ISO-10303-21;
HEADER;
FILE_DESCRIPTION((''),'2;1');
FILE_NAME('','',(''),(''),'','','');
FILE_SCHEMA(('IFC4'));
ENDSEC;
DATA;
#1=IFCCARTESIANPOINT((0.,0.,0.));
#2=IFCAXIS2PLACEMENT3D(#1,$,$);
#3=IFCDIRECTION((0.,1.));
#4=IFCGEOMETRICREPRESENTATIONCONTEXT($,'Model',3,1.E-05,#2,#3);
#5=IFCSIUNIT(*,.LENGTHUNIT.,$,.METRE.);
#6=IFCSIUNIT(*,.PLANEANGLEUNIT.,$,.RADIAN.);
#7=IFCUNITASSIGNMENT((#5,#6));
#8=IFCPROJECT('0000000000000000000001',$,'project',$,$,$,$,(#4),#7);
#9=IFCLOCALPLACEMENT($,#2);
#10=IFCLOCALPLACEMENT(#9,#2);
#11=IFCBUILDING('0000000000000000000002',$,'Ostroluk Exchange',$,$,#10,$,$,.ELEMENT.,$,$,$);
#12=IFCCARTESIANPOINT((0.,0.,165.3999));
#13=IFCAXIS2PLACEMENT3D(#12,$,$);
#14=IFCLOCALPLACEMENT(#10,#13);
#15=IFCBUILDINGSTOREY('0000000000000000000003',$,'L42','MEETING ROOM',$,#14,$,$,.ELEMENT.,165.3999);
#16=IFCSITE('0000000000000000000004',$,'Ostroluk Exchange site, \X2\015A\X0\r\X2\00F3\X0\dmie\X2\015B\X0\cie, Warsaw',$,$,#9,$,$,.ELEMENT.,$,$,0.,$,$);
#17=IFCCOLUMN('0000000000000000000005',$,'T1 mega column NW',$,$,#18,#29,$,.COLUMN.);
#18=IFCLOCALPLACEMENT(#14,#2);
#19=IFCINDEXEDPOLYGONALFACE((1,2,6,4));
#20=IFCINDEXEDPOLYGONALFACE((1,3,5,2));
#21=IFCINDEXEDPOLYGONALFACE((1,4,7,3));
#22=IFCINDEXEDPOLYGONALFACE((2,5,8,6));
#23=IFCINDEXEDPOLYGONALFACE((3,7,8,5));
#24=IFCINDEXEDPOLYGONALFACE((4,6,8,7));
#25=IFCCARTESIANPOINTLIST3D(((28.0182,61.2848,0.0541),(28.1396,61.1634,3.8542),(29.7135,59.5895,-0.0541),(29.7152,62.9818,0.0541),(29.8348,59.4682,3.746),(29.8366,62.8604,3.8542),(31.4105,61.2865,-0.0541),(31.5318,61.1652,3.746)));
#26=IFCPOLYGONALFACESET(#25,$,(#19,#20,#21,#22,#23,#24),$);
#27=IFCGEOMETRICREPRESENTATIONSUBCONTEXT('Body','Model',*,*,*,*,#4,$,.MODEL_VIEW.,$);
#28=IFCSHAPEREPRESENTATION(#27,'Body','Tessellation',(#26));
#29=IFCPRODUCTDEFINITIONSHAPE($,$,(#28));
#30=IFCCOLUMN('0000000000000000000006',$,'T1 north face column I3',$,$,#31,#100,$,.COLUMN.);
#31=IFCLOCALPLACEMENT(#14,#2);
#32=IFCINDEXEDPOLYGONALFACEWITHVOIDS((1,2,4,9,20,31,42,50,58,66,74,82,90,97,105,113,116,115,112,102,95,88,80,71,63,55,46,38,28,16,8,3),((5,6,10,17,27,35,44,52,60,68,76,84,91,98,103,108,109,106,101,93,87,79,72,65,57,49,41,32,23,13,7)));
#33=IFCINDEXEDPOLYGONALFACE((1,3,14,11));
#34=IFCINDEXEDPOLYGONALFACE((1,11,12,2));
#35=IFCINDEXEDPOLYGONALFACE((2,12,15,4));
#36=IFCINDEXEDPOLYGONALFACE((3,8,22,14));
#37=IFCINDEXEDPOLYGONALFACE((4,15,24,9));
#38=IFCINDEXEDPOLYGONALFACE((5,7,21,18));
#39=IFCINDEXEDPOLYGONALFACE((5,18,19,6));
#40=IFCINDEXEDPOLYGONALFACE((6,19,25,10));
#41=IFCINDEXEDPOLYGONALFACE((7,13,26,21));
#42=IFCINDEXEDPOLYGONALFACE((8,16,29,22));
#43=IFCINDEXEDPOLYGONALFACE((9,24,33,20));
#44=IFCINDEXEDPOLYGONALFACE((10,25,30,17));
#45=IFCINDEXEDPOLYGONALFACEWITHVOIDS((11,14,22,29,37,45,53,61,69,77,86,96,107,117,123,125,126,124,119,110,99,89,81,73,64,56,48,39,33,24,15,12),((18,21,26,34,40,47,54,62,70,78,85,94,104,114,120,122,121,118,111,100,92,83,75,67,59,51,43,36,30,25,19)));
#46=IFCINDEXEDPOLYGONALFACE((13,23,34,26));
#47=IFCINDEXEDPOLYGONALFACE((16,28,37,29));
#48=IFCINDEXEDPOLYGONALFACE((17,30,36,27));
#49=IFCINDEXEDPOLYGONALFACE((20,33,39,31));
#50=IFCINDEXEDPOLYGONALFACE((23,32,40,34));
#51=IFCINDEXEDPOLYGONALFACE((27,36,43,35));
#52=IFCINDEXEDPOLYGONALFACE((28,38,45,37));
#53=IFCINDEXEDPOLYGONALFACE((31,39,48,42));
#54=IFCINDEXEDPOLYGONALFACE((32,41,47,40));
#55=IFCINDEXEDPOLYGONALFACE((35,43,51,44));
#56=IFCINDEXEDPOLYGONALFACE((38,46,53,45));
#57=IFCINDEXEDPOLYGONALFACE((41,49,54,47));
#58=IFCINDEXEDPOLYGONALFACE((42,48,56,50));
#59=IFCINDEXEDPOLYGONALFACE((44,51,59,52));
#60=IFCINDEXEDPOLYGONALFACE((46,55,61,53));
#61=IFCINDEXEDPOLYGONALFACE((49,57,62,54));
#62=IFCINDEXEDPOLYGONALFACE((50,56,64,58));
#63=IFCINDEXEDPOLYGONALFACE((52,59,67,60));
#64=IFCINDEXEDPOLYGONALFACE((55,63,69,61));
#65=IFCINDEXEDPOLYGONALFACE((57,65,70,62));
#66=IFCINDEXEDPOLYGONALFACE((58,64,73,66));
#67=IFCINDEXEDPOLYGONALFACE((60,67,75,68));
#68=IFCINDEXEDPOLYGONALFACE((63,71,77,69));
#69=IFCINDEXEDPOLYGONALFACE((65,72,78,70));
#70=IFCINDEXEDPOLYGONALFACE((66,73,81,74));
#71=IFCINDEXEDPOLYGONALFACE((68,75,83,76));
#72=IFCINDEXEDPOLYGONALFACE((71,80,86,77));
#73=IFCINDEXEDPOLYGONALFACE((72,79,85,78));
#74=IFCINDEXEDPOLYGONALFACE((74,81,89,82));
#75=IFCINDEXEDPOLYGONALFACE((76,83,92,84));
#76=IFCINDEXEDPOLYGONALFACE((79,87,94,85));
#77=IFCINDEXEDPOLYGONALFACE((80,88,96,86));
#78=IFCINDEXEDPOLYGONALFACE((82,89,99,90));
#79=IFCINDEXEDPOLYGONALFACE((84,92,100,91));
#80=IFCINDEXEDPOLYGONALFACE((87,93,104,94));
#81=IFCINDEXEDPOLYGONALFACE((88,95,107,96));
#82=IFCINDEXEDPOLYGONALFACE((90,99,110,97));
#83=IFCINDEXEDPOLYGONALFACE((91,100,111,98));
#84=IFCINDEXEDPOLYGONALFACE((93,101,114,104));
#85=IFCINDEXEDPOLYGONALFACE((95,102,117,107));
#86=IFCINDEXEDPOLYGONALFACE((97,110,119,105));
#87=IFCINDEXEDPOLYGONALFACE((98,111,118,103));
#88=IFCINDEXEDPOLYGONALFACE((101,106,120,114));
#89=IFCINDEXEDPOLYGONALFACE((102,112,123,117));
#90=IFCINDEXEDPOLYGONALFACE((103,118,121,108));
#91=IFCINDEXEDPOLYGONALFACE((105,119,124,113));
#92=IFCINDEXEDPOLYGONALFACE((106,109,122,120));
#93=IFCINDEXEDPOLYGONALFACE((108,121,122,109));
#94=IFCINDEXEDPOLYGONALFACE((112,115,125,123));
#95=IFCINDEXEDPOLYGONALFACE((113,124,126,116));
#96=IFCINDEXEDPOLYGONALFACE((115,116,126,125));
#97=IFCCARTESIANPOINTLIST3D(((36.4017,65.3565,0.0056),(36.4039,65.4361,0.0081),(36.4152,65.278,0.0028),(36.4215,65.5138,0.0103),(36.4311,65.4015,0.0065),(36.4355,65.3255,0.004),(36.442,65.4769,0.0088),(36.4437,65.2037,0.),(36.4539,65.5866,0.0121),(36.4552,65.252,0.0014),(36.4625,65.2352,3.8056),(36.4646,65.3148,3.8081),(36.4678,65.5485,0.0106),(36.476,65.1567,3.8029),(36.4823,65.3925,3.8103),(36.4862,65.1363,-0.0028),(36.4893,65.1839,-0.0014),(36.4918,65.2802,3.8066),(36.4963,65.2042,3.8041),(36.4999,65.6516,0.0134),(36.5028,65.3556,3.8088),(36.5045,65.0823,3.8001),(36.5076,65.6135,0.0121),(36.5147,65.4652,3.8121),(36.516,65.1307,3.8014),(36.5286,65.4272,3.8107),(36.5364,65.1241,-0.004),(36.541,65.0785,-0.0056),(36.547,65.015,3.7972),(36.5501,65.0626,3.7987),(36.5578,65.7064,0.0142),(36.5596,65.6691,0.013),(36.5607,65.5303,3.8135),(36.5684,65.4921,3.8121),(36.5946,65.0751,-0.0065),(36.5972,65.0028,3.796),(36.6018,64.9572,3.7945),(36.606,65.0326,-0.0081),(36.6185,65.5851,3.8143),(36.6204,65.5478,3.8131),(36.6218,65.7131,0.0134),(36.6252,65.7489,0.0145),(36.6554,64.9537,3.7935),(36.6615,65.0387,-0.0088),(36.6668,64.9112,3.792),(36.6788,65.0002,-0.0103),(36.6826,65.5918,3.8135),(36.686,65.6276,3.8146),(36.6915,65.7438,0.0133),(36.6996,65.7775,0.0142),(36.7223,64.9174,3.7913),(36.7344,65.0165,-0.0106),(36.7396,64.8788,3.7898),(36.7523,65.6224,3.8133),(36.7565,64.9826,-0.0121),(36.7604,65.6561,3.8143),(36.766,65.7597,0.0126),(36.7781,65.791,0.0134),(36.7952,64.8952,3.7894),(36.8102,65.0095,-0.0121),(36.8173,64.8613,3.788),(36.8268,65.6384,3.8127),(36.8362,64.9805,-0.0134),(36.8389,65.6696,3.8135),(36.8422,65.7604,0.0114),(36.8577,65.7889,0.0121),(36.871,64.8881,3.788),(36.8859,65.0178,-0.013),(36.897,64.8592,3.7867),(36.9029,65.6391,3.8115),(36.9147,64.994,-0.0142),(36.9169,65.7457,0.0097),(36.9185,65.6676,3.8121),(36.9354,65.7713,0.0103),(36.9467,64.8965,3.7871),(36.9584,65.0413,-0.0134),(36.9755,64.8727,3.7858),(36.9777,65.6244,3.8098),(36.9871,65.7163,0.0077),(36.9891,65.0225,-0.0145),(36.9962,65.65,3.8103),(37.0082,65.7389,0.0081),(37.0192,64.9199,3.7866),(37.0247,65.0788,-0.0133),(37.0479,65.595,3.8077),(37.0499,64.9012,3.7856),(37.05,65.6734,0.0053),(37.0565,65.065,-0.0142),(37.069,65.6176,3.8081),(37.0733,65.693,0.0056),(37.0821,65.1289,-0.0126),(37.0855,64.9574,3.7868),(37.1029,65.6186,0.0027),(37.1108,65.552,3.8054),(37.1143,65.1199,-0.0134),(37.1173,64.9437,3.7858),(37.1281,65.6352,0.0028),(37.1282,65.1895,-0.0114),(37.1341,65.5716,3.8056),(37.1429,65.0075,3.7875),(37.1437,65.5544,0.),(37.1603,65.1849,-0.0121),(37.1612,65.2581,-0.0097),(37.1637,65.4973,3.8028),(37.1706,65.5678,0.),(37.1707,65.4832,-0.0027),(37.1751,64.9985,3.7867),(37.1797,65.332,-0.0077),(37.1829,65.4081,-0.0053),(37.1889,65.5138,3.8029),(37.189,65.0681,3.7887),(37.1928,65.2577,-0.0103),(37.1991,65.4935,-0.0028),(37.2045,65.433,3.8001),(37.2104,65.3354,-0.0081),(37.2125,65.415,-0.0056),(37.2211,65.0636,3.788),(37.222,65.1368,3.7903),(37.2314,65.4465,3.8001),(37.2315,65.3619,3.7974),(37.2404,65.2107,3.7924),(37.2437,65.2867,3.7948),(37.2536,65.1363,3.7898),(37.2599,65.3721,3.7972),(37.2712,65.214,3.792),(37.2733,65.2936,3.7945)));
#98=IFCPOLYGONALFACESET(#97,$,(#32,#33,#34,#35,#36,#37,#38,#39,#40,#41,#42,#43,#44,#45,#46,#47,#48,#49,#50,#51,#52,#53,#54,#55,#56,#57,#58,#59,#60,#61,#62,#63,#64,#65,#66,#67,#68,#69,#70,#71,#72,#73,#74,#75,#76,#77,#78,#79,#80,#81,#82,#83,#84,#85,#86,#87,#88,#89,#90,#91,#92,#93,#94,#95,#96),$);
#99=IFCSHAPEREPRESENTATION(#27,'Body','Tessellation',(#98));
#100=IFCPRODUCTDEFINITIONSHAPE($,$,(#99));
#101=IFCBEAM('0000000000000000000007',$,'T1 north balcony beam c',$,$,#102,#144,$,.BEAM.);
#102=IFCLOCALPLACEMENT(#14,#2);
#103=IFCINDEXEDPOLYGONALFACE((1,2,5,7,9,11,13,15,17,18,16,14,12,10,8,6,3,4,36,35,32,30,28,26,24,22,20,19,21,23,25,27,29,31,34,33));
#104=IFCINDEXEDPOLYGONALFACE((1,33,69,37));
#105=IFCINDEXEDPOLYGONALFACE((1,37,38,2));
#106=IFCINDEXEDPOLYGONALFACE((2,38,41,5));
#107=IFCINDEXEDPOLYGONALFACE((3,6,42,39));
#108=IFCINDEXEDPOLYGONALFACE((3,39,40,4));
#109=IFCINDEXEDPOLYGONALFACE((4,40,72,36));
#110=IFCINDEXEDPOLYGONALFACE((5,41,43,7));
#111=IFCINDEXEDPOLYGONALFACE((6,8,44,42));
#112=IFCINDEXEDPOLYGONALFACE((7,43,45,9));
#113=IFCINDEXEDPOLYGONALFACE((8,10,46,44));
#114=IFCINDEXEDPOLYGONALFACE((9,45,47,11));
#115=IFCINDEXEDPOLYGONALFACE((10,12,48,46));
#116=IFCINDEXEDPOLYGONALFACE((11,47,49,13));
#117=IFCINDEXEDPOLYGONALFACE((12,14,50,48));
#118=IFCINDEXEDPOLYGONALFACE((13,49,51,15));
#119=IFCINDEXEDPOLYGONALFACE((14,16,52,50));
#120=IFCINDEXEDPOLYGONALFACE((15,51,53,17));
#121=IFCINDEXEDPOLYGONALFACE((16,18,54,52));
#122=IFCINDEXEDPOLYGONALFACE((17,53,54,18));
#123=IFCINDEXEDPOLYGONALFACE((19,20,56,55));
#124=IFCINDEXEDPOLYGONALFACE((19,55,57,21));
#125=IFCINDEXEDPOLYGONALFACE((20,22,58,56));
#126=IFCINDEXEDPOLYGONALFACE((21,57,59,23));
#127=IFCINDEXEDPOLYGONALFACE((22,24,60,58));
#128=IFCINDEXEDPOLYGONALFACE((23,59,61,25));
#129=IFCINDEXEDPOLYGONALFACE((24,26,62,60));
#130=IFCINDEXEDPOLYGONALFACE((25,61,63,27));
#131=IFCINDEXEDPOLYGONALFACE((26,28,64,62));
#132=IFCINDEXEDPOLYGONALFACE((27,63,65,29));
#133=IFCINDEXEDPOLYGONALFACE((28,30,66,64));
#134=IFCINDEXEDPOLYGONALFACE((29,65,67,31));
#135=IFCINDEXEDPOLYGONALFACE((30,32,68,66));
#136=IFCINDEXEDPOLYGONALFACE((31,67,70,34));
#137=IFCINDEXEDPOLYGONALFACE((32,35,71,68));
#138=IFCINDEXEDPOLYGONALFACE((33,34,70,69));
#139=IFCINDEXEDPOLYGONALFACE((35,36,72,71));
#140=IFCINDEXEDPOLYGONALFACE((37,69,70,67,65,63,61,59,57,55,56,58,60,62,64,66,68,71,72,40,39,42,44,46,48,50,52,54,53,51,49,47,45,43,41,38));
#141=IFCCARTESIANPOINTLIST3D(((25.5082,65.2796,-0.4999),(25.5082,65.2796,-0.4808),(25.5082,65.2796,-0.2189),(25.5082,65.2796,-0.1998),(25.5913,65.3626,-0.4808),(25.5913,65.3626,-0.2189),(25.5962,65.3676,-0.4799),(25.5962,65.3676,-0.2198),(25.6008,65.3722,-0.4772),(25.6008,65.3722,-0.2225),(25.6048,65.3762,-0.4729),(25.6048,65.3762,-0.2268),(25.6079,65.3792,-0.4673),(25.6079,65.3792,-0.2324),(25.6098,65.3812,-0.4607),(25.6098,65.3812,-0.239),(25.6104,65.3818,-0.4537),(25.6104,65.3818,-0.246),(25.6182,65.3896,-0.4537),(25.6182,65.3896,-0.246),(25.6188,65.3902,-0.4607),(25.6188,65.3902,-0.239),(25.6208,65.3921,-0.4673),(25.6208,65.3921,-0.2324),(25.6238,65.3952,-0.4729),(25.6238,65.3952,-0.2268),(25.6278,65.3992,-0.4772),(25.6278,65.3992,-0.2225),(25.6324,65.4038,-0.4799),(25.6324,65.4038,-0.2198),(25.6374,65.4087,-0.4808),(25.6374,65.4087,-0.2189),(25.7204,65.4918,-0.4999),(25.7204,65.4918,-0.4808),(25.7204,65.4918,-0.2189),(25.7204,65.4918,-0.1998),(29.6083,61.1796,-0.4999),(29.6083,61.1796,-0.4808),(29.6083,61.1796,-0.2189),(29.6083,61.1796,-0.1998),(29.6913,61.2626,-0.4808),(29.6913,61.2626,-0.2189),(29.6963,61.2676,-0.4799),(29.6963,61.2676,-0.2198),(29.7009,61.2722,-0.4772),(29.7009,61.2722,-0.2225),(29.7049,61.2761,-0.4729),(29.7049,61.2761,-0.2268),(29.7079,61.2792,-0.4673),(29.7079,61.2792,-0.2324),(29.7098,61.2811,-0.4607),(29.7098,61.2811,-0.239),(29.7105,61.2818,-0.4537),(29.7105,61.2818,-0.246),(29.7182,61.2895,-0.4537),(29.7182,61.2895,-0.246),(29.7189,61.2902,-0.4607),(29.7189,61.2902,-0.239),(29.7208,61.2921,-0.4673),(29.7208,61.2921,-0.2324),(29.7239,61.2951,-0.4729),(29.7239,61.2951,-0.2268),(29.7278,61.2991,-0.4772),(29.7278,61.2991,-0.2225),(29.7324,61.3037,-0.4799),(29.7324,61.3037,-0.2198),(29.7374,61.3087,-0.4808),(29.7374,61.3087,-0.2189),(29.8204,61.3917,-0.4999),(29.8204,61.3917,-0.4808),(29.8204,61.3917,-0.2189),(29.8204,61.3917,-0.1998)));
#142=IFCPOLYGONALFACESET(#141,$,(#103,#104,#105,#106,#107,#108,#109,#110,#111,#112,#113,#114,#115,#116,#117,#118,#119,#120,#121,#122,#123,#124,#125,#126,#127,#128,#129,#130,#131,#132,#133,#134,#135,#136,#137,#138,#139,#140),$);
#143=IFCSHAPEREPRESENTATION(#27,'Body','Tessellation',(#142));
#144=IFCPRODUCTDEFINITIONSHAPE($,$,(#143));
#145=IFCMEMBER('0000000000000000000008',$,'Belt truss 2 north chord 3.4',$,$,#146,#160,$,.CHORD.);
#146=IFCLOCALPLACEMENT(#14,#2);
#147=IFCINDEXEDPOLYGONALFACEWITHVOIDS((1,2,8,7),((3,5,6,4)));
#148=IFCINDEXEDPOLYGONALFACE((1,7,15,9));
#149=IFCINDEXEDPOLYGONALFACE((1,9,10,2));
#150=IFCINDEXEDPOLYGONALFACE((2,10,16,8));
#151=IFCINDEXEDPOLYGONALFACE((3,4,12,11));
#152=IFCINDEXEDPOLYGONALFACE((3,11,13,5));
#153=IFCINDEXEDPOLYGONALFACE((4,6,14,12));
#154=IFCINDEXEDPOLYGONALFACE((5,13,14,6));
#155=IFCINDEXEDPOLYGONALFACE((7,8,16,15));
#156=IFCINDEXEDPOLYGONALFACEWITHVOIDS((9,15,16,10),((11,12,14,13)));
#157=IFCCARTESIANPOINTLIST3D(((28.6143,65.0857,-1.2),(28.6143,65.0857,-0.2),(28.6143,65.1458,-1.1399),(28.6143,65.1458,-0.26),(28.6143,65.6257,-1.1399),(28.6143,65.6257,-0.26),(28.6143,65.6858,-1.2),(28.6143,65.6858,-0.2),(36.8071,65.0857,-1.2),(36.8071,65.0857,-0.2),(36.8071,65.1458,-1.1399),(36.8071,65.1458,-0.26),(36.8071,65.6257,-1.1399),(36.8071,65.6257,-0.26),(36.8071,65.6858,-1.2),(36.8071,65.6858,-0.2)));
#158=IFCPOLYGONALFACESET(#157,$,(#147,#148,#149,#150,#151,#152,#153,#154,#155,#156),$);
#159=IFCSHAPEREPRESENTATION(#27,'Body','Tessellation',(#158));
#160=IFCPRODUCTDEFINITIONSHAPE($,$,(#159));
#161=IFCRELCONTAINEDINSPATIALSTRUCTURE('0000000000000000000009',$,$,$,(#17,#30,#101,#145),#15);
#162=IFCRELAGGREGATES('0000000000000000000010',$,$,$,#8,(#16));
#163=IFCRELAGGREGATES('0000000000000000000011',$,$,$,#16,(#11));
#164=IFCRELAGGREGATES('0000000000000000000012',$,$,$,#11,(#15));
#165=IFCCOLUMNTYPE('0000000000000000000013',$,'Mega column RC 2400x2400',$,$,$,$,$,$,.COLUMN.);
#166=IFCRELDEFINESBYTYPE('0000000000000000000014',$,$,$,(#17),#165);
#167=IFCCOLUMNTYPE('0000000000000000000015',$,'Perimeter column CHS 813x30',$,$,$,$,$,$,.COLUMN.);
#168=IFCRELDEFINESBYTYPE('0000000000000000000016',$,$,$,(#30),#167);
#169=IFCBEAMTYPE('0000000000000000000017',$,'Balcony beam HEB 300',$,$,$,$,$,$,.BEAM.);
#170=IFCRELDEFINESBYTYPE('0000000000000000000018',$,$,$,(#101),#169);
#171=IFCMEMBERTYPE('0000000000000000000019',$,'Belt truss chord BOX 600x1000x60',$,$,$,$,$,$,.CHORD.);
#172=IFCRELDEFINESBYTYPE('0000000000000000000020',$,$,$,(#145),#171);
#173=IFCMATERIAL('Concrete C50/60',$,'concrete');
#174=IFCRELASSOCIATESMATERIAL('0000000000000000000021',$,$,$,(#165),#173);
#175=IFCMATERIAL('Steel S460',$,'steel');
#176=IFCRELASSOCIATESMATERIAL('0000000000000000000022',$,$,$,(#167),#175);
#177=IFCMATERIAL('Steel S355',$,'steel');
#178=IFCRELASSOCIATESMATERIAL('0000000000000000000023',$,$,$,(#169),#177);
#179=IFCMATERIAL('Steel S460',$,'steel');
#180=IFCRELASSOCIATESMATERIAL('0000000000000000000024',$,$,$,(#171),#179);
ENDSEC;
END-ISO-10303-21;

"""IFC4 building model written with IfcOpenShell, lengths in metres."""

from ifc_helpers import new_model, si_unit, direction, frame, origin, origin_2d, place, context, subcontext, project, spatial, rectangle, hollow_rectangle, hollow_circle, i_section, extrude, material, material_profile, profile_set, type_object, element, save


model = new_model("IFC4")

# Units and contexts
model_context = context("Model", 3, precision=1e-05, world=origin(), true_north=direction((0.0, 1.0)))
body_context = subcontext(model_context, "Body", "Model", "MODEL_VIEW")
ifc_project = project(units=[si_unit("LENGTHUNIT", "METRE"), si_unit("PLANEANGLEUNIT", "RADIAN")], contexts=[model_context])

# Site, building, storey
site_placement = place(None, origin())
site = spatial("IfcSite", under=ifc_project, at=site_placement, Name="Ostroluk Exchange site, Śródmieście, Warsaw", CompositionType="ELEMENT", RefElevation=0.0)
building_placement = place(site_placement, origin())
building = spatial("IfcBuilding", under=site, at=building_placement, Name="Ostroluk Exchange", CompositionType="ELEMENT")
storey_placement = place(building_placement, frame((0.0, 0.0, 165.3999)))
storey = spatial("IfcBuildingStorey", under=building, at=storey_placement, Name="L42", Description="MEETING ROOM", CompositionType="ELEMENT", Elevation=165.3999)

# Columns
ifc_material_1 = material(Name="Concrete C50/60", Category="concrete")
ifc_material_profile_1 = material_profile(ifc_material_1, rectangle(XDim=2.3999, YDim=2.3999, at=origin_2d()), Name="RC 2400x2400")
ifc_profile_set_1 = profile_set([ifc_material_profile_1], Name="Concrete C50/60")
column_type_1 = type_object("IfcColumnType", Name="Mega column RC 2400x2400", PredefinedType="COLUMN", material=ifc_profile_set_1)
column_1_placement = place(storey_placement, frame((29.7144, 61.2856, 0.0), z_axis=(0.031898, -0.031898, 0.998982), x_axis=(0.707107, 0.707107, 0.0)))
element("IfcColumn", 1, at=column_1_placement, inside=storey, type_object=column_type_1, Name="T1 mega column NW", PredefinedType="COLUMN", context=body_context, shape_type="SweptSolid", body=[
    extrude(rectangle(XDim=2.3999, YDim=2.3999, at=origin_2d()), origin(), (0.0, 0.0, 1.0), 3.804),
])
ifc_material_2 = material(Name="Steel S460", Category="steel")
ifc_material_profile_2 = material_profile(ifc_material_2, hollow_circle(Radius=0.4065, WallThickness=0.03, at=origin_2d()), Name="CHS 813x30")
ifc_profile_set_2 = profile_set([ifc_material_profile_2], Name="Steel S460")
column_type_2 = type_object("IfcColumnType", Name="Perimeter column CHS 813x30", PredefinedType="COLUMN", material=ifc_profile_set_2)
column_2_placement = place(storey_placement, frame((36.8071, 65.3857, 0.0), z_axis=(0.015987, -0.03191, 0.999363), x_axis=(0.894067, 0.447933, 0.0)))
element("IfcColumn", 2, at=column_2_placement, inside=storey, type_object=column_type_2, Name="T1 north face column I3", PredefinedType="COLUMN", context=body_context, shape_type="SweptSolid", body=[
    extrude(hollow_circle(Radius=0.4065, WallThickness=0.03, at=origin_2d()), origin(), (0.0, 0.0, 1.0), 3.8025),
])

# Beam
ifc_material_3 = material(Name="Steel S355", Category="steel")
ifc_material_profile_3 = material_profile(ifc_material_3, i_section(OverallWidth=0.3, OverallDepth=0.3, WebThickness=0.011, FlangeThickness=0.019, FilletRadius=0.0271, at=origin_2d()), Name="HEB 300")
ifc_profile_set_3 = profile_set([ifc_material_profile_3], Name="Steel S355")
beam_type_1 = type_object("IfcBeamType", Name="Balcony beam HEB 300", PredefinedType="BEAM", material=ifc_profile_set_3)
beam_placement = place(storey_placement, frame((29.7144, 61.2856, -0.3499), z_axis=(-0.707107, 0.707107, 0.0), x_axis=(-0.707107, -0.707107, 0.0)))
element("IfcBeam", 3, at=beam_placement, inside=storey, type_object=beam_type_1, Name="T1 north balcony beam c", PredefinedType="BEAM", context=body_context, shape_type="SweptSolid", body=[
    extrude(i_section(OverallWidth=0.3, OverallDepth=0.3, WebThickness=0.011, FlangeThickness=0.019, FilletRadius=0.0271, at=origin_2d()), origin(), (0.0, 0.0, 1.0), 5.7983),
])

# Member
ifc_material_4 = material(Name="Steel S460", Category="steel")
ifc_material_profile_4 = material_profile(ifc_material_4, hollow_rectangle(XDim=0.6001, YDim=1.0, WallThickness=0.0601, at=origin_2d()), Name="BOX 600x1000x60")
ifc_profile_set_4 = profile_set([ifc_material_profile_4], Name="Steel S460")
member_type_1 = type_object("IfcMemberType", Name="Belt truss chord BOX 600x1000x60", PredefinedType="CHORD", material=ifc_profile_set_4)
member_1_placement = place(storey_placement, frame((36.8071, 65.3857, -0.7), z_axis=(-1.0, 0.0, 0.0), x_axis=(0.0, -1.0, 0.0)))
element("IfcMember", 4, at=member_1_placement, inside=storey, type_object=member_type_1, Name="Belt truss 2 north chord 3.4", PredefinedType="CHORD", context=body_context, shape_type="SweptSolid", body=[
    extrude(hollow_rectangle(XDim=0.6001, YDim=1.0, WallThickness=0.0601, at=origin_2d()), origin(), (0.0, 0.0, 1.0), 8.1929),
])

save(model, "model.ifc")
